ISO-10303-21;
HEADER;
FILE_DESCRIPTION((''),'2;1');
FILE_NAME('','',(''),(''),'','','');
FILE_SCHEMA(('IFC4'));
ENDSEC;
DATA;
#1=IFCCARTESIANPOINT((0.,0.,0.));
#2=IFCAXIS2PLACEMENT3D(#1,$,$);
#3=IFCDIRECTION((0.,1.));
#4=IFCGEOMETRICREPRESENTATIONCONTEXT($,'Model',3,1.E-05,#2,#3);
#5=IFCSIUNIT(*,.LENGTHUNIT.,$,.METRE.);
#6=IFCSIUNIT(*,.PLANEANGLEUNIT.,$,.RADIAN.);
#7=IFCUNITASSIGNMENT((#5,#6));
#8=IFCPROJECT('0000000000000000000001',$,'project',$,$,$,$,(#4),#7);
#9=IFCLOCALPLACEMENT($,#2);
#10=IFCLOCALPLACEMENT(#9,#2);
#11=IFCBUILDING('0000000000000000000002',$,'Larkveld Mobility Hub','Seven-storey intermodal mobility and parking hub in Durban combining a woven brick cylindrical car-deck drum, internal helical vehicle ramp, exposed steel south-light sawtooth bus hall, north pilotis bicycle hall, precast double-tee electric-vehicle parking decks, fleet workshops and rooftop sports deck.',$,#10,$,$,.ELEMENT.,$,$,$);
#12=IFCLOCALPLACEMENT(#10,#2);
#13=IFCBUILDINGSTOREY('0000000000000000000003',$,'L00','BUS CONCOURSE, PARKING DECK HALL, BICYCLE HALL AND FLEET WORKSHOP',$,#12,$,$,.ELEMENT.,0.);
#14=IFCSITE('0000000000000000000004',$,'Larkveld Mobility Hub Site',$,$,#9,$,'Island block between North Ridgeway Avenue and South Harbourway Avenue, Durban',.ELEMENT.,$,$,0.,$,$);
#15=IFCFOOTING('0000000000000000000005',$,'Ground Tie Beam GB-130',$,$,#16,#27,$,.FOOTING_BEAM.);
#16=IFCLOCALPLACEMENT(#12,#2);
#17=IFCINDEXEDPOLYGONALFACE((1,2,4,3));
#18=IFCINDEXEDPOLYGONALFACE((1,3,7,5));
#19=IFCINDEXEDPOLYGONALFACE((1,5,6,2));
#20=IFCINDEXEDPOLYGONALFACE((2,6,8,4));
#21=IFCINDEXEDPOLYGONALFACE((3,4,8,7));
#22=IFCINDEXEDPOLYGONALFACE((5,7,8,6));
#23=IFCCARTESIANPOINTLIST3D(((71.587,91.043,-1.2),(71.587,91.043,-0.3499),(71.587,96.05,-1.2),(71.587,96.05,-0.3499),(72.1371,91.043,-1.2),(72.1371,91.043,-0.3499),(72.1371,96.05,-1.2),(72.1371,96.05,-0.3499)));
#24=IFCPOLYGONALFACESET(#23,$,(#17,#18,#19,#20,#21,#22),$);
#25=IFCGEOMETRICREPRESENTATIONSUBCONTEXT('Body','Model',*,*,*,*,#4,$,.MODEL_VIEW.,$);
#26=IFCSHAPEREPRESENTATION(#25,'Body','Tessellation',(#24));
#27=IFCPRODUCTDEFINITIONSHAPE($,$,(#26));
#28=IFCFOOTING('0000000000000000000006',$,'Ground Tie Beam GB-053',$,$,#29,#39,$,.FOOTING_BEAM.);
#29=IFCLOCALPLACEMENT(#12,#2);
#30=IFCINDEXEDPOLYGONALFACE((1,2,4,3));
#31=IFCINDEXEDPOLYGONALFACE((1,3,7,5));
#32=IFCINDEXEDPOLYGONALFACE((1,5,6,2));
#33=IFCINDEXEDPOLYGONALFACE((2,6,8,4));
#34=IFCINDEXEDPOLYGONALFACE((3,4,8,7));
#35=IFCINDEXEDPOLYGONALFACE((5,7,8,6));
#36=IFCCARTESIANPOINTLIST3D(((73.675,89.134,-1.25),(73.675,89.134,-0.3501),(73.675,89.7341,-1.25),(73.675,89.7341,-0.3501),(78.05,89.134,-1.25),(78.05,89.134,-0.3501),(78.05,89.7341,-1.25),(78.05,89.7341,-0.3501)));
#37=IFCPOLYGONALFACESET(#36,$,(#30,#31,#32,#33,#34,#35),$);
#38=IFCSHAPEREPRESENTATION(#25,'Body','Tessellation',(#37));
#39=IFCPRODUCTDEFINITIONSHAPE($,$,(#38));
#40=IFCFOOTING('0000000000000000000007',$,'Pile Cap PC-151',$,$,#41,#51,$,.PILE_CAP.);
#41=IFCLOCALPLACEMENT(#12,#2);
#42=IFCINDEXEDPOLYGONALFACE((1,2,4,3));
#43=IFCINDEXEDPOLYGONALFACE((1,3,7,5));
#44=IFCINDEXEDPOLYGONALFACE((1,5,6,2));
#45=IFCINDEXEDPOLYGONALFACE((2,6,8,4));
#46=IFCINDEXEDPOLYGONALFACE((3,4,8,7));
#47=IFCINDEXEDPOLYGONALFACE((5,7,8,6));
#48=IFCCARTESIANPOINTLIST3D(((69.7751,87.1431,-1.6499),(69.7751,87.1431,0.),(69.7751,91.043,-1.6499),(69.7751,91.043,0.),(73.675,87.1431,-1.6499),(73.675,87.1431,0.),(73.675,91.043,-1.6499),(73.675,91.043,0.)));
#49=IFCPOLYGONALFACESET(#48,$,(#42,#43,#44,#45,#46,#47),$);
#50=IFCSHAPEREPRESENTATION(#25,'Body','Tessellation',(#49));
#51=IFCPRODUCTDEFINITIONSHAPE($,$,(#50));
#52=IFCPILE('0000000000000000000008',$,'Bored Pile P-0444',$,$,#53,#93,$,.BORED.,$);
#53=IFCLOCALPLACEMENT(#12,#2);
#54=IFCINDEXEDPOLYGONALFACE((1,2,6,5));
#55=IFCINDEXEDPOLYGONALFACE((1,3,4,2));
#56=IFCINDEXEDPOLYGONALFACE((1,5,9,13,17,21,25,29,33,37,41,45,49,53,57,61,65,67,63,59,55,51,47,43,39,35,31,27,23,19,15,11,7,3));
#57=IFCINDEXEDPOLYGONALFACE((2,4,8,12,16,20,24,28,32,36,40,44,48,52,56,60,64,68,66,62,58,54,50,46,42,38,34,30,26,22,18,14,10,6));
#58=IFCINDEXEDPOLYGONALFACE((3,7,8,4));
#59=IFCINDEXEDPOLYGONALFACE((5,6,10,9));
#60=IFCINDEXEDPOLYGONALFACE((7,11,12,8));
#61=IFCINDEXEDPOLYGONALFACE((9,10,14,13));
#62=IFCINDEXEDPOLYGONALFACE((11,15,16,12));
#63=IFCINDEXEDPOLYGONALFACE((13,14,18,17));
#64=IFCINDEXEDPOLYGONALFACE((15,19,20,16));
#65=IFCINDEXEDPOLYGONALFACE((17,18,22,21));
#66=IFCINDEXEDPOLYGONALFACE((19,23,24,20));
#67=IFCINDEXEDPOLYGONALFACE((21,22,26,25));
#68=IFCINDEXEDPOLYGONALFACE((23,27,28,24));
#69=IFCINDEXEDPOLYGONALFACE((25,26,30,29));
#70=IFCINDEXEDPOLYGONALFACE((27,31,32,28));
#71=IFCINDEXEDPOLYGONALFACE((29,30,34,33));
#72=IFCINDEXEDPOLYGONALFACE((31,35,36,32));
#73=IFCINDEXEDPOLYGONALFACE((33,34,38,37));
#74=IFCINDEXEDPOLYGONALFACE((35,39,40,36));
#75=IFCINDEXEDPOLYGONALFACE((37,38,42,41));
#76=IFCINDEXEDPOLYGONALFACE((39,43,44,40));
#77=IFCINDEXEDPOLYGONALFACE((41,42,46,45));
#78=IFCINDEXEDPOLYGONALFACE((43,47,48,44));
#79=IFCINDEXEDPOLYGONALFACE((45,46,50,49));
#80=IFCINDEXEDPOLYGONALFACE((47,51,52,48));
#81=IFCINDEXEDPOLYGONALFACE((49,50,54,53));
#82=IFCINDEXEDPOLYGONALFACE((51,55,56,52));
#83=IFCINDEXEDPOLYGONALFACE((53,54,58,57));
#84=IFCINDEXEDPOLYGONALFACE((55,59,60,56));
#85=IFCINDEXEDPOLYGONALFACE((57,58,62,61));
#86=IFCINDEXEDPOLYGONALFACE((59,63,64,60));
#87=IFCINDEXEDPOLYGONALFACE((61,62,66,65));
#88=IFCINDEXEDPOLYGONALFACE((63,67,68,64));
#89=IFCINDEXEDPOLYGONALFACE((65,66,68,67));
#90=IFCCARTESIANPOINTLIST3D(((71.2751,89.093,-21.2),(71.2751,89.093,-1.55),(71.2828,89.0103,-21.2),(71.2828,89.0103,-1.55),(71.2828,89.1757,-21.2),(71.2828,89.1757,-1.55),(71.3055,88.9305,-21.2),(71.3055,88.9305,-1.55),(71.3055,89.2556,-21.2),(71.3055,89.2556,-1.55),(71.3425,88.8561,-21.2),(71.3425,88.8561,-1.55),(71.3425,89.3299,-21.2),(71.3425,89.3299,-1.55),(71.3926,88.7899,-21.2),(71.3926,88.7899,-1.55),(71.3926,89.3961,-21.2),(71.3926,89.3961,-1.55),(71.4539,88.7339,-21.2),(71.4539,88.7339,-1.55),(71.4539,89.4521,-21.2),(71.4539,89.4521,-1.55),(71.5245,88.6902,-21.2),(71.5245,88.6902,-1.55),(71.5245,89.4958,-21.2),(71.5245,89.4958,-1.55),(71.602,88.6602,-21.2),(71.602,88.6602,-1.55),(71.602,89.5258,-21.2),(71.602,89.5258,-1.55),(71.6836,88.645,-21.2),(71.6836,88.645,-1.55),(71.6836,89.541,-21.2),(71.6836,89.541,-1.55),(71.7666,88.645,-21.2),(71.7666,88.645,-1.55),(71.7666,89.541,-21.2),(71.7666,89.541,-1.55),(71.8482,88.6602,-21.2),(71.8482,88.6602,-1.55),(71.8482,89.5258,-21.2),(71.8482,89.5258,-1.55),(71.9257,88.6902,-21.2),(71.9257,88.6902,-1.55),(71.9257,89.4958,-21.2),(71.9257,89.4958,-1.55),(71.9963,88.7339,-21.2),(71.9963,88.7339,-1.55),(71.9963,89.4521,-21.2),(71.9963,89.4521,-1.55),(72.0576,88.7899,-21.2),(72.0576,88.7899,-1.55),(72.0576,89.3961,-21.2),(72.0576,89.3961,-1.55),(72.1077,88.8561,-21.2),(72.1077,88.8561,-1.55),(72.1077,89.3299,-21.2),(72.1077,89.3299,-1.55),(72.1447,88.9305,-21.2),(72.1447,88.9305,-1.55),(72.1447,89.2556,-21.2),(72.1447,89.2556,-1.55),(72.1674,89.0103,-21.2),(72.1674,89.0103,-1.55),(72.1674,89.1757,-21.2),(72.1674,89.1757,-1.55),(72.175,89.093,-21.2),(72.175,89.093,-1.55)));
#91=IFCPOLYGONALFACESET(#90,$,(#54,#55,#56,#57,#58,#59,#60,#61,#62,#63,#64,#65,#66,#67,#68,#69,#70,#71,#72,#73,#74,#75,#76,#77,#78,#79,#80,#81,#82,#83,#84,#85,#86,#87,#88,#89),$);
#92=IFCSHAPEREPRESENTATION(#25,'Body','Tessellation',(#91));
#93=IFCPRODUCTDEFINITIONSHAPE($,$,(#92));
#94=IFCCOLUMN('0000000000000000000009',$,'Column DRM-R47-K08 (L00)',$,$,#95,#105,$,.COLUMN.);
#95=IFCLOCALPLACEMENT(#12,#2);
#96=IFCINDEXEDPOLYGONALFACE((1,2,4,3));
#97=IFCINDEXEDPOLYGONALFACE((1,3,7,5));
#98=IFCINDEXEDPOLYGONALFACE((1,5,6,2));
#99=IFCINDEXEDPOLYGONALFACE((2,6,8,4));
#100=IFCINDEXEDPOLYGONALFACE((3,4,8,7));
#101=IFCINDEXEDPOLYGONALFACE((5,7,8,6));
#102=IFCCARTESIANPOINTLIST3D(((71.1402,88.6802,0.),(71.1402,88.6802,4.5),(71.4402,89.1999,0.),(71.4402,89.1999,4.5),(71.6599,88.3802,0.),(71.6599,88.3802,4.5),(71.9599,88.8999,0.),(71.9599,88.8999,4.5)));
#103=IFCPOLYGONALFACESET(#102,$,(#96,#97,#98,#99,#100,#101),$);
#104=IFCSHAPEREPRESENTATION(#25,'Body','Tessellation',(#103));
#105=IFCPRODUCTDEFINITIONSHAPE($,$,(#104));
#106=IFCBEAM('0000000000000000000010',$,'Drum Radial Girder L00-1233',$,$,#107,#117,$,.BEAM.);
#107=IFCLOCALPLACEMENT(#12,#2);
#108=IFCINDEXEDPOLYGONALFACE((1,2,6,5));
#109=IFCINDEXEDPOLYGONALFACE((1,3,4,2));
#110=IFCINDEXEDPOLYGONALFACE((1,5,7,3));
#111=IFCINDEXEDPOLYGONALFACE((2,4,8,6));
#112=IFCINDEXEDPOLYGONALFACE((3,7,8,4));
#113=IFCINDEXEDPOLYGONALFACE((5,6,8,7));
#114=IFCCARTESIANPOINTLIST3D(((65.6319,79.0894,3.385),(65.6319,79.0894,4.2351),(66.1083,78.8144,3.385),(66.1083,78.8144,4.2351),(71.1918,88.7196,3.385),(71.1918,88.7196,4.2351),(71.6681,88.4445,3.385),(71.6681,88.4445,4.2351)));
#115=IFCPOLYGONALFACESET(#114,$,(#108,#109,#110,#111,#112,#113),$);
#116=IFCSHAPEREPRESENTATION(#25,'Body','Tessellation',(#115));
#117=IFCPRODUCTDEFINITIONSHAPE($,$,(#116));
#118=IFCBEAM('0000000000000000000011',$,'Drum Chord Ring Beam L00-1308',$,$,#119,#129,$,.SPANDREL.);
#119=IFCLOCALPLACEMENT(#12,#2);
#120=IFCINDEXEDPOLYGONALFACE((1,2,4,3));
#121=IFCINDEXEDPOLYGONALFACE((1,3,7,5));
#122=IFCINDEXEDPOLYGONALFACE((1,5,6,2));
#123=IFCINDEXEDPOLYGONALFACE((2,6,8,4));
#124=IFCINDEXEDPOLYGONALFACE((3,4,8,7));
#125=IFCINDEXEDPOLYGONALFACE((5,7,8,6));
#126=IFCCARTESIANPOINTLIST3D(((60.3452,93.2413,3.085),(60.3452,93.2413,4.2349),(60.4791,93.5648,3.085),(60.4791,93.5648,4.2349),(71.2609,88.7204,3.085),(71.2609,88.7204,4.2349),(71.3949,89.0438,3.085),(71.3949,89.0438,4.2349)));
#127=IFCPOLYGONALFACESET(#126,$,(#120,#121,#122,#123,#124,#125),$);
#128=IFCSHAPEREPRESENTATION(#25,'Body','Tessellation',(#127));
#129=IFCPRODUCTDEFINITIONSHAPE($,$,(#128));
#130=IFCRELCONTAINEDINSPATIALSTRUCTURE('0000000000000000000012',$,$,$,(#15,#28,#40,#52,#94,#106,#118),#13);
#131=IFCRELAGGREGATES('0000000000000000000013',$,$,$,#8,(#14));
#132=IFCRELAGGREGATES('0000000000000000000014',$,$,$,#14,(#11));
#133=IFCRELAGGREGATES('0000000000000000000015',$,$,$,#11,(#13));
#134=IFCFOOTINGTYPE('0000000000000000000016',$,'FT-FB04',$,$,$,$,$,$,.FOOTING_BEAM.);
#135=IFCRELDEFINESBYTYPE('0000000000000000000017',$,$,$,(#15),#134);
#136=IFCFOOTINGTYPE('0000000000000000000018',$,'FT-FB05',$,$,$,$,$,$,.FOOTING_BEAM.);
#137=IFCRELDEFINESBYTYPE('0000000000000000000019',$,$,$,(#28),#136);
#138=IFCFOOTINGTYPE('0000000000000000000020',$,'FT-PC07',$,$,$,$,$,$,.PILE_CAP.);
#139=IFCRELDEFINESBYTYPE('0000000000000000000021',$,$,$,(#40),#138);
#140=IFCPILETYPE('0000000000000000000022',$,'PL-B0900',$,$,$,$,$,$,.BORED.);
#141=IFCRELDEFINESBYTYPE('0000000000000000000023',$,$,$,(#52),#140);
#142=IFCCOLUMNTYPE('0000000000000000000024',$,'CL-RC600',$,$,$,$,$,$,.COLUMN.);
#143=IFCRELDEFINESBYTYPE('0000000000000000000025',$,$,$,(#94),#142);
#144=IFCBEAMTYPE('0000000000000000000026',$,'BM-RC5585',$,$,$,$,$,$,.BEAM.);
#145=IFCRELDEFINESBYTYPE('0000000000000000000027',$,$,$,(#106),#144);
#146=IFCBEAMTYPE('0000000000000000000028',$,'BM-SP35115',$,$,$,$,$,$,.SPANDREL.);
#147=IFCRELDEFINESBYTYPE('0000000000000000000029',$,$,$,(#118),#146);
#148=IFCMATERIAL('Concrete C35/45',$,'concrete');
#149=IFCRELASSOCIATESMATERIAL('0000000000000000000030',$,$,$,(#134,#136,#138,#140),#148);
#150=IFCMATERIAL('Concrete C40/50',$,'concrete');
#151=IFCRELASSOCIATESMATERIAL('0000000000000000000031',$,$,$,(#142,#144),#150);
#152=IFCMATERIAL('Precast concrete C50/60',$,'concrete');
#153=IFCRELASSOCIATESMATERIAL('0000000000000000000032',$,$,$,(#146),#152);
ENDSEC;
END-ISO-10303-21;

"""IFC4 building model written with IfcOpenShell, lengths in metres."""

from ifc_helpers import new_model, si_unit, direction, frame, origin, origin_2d, place, context, subcontext, project, spatial, rectangle, circle, extrude, material, material_profile, profile_set, type_object, element, save


model = new_model("IFC4")

# Units and contexts
model_context = context("Model", 3, precision=1e-05, world=origin(), true_north=direction((0.0, 1.0)))
body_context = subcontext(model_context, "Body", "Model", "MODEL_VIEW")
ifc_project = project(units=[si_unit("LENGTHUNIT", "METRE"), si_unit("PLANEANGLEUNIT", "RADIAN")], contexts=[model_context])

# Site, building, storey
site_placement = place(None, origin())
site = spatial("IfcSite", under=ifc_project, at=site_placement, Name="Larkveld Mobility Hub Site", LongName="Island block between North Ridgeway Avenue and South Harbourway Avenue, Durban", CompositionType="ELEMENT", RefElevation=0.0)
building_placement = place(site_placement, origin())
building = spatial("IfcBuilding", under=site, at=building_placement, Name="Larkveld Mobility Hub", Description="Seven-storey intermodal mobility and parking hub in Durban combining a woven brick cylindrical car-deck drum, internal helical vehicle ramp, exposed steel south-light sawtooth bus hall, north pilotis bicycle hall, precast double-tee electric-vehicle parking decks, fleet workshops and rooftop sports deck.", CompositionType="ELEMENT")
storey_placement = place(building_placement, origin())
storey = spatial("IfcBuildingStorey", under=building, at=storey_placement, Name="L00", Description="BUS CONCOURSE, PARKING DECK HALL, BICYCLE HALL AND FLEET WORKSHOP", CompositionType="ELEMENT", Elevation=0.0)

# Footings
ifc_material_1 = material(Name="Concrete C35/45", Category="concrete")
ifc_material_profile_1 = material_profile(ifc_material_1, rectangle(XDim=0.55, YDim=0.8501, at=origin_2d()), Name="RC BM 550x850")
ifc_profile_set_1 = profile_set([ifc_material_profile_1], Name="Concrete C35/45")
footing_type_1 = type_object("IfcFootingType", Name="FT-FB04", PredefinedType="FOOTING_BEAM", material=ifc_profile_set_1)
footing_1_placement = place(storey_placement, frame((71.8621, 91.043, -0.7749), z_axis=(0.0, 1.0, 0.0), x_axis=(-1.0, 0.0, 0.0)))
element("IfcFooting", 1, at=footing_1_placement, inside=storey, type_object=footing_type_1, Name="Ground Tie Beam GB-130", PredefinedType="FOOTING_BEAM", context=body_context, shape_type="SweptSolid", body=[
    extrude(rectangle(XDim=0.55, YDim=0.8501, at=origin_2d()), origin(), (0.0, 0.0, 1.0), 5.0071),
])
ifc_material_profile_2 = material_profile(ifc_material_1, rectangle(XDim=0.6001, YDim=0.8999, at=origin_2d()), Name="RC BM 600x900")
ifc_profile_set_2 = profile_set([ifc_material_profile_2], Name="Concrete C35/45")
footing_type_2 = type_object("IfcFootingType", Name="FT-FB05", PredefinedType="FOOTING_BEAM", material=ifc_profile_set_2)
footing_2_placement = place(storey_placement, frame((73.675, 89.4341, -0.8), z_axis=(1.0, 0.0, 0.0), x_axis=(0.0, 1.0, 0.0)))
element("IfcFooting", 2, at=footing_2_placement, inside=storey, type_object=footing_type_2, Name="Ground Tie Beam GB-053", PredefinedType="FOOTING_BEAM", context=body_context, shape_type="SweptSolid", body=[
    extrude(rectangle(XDim=0.6001, YDim=0.8999, at=origin_2d()), origin(), (0.0, 0.0, 1.0), 4.375),
])
footing_type_3 = type_object("IfcFootingType", Name="FT-PC07", PredefinedType="PILE_CAP", material=ifc_material_1)
footing_3_placement = place(storey_placement, frame((71.7251, 89.093, -1.6499), z_axis=(0.0, 0.0, 1.0), x_axis=(1.0, 0.0, 0.0)))
element("IfcFooting", 3, at=footing_3_placement, inside=storey, type_object=footing_type_3, Name="Pile Cap PC-151", PredefinedType="PILE_CAP", context=body_context, shape_type="SweptSolid", body=[
    extrude(rectangle(XDim=3.8999, YDim=3.8999, at=origin_2d()), origin(), (0.0, 0.0, 1.0), 1.6499),
])

# Pile
ifc_material_profile_3 = material_profile(ifc_material_1, circle(Radius=0.45, at=origin_2d()), Name="PILE D900")
ifc_profile_set_3 = profile_set([ifc_material_profile_3], Name="Concrete C35/45")
pile_type = type_object("IfcPileType", Name="PL-B0900", PredefinedType="BORED", material=ifc_profile_set_3)
pile_placement = place(storey_placement, frame((71.7251, 89.093, -1.55), z_axis=(0.0, 0.0, -1.0), x_axis=(1.0, 0.0, 0.0)))
element("IfcPile", 4, at=pile_placement, inside=storey, type_object=pile_type, Name="Bored Pile P-0444", PredefinedType="BORED", context=body_context, shape_type="SweptSolid", body=[
    extrude(circle(Radius=0.45, at=origin_2d()), origin(), (0.0, 0.0, 1.0), 19.6499),
])

# Column
ifc_material_2 = material(Name="Concrete C40/50", Category="concrete")
ifc_material_profile_4 = material_profile(ifc_material_2, rectangle(XDim=0.6001, YDim=0.6001, at=origin_2d()), Name="RC COL 600x600")
ifc_profile_set_4 = profile_set([ifc_material_profile_4], Name="Concrete C40/50")
column_type = type_object("IfcColumnType", Name="CL-RC600", PredefinedType="COLUMN", material=ifc_profile_set_4)
column_placement = place(storey_placement, frame((71.55, 88.79, 0.0), z_axis=(0.0, 0.0, 1.0), x_axis=(0.5, 0.866025, 0.0)))
element("IfcColumn", 5, at=column_placement, inside=storey, type_object=column_type, Name="Column DRM-R47-K08 (L00)", PredefinedType="COLUMN", context=body_context, shape_type="SweptSolid", body=[
    extrude(rectangle(XDim=0.6001, YDim=0.6001, at=origin_2d()), origin(), (0.0, 0.0, 1.0), 4.5),
])

# Beams
ifc_material_profile_5 = material_profile(ifc_material_2, rectangle(XDim=0.55, YDim=0.8501, at=origin_2d()), Name="RC BM 550x850")
ifc_profile_set_5 = profile_set([ifc_material_profile_5], Name="Concrete C40/50")
beam_type_1 = type_object("IfcBeamType", Name="BM-RC5585", PredefinedType="BEAM", material=ifc_profile_set_5)
beam_1_placement = place(storey_placement, frame((65.8701, 78.9519, 3.8101), z_axis=(0.49999, 0.866031, 0.0), x_axis=(-0.866031, 0.49999, 0.0)))
element("IfcBeam", 6, at=beam_1_placement, inside=storey, type_object=beam_type_1, Name="Drum Radial Girder L00-1233", PredefinedType="BEAM", context=body_context, shape_type="SweptSolid", body=[
    extrude(rectangle(XDim=0.55, YDim=0.8501, at=origin_2d()), origin(), (0.0, 0.0, 1.0), 11.1199),
])
ifc_material_3 = material(Name="Precast concrete C50/60", Category="concrete")
ifc_material_profile_6 = material_profile(ifc_material_3, rectangle(XDim=0.3501, YDim=1.1499, at=origin_2d()), Name="PC SP 350x1150")
ifc_profile_set_6 = profile_set([ifc_material_profile_6], Name="Precast concrete C50/60")
beam_type_2 = type_object("IfcBeamType", Name="BM-SP35115", PredefinedType="SPANDREL", material=ifc_profile_set_6)
beam_2_placement = place(storey_placement, frame((71.3279, 88.8821, 3.6599), z_axis=(-0.923893, 0.38265, 0.0), x_axis=(-0.38265, -0.923893, 0.0)))
element("IfcBeam", 7, at=beam_2_placement, inside=storey, type_object=beam_type_2, Name="Drum Chord Ring Beam L00-1308", PredefinedType="SPANDREL", context=body_context, shape_type="SweptSolid", body=[
    extrude(rectangle(XDim=0.3501, YDim=1.1499, at=origin_2d()), origin(), (0.0, 0.0, 1.0), 11.8149),
])

save(model, "model.ifc")
